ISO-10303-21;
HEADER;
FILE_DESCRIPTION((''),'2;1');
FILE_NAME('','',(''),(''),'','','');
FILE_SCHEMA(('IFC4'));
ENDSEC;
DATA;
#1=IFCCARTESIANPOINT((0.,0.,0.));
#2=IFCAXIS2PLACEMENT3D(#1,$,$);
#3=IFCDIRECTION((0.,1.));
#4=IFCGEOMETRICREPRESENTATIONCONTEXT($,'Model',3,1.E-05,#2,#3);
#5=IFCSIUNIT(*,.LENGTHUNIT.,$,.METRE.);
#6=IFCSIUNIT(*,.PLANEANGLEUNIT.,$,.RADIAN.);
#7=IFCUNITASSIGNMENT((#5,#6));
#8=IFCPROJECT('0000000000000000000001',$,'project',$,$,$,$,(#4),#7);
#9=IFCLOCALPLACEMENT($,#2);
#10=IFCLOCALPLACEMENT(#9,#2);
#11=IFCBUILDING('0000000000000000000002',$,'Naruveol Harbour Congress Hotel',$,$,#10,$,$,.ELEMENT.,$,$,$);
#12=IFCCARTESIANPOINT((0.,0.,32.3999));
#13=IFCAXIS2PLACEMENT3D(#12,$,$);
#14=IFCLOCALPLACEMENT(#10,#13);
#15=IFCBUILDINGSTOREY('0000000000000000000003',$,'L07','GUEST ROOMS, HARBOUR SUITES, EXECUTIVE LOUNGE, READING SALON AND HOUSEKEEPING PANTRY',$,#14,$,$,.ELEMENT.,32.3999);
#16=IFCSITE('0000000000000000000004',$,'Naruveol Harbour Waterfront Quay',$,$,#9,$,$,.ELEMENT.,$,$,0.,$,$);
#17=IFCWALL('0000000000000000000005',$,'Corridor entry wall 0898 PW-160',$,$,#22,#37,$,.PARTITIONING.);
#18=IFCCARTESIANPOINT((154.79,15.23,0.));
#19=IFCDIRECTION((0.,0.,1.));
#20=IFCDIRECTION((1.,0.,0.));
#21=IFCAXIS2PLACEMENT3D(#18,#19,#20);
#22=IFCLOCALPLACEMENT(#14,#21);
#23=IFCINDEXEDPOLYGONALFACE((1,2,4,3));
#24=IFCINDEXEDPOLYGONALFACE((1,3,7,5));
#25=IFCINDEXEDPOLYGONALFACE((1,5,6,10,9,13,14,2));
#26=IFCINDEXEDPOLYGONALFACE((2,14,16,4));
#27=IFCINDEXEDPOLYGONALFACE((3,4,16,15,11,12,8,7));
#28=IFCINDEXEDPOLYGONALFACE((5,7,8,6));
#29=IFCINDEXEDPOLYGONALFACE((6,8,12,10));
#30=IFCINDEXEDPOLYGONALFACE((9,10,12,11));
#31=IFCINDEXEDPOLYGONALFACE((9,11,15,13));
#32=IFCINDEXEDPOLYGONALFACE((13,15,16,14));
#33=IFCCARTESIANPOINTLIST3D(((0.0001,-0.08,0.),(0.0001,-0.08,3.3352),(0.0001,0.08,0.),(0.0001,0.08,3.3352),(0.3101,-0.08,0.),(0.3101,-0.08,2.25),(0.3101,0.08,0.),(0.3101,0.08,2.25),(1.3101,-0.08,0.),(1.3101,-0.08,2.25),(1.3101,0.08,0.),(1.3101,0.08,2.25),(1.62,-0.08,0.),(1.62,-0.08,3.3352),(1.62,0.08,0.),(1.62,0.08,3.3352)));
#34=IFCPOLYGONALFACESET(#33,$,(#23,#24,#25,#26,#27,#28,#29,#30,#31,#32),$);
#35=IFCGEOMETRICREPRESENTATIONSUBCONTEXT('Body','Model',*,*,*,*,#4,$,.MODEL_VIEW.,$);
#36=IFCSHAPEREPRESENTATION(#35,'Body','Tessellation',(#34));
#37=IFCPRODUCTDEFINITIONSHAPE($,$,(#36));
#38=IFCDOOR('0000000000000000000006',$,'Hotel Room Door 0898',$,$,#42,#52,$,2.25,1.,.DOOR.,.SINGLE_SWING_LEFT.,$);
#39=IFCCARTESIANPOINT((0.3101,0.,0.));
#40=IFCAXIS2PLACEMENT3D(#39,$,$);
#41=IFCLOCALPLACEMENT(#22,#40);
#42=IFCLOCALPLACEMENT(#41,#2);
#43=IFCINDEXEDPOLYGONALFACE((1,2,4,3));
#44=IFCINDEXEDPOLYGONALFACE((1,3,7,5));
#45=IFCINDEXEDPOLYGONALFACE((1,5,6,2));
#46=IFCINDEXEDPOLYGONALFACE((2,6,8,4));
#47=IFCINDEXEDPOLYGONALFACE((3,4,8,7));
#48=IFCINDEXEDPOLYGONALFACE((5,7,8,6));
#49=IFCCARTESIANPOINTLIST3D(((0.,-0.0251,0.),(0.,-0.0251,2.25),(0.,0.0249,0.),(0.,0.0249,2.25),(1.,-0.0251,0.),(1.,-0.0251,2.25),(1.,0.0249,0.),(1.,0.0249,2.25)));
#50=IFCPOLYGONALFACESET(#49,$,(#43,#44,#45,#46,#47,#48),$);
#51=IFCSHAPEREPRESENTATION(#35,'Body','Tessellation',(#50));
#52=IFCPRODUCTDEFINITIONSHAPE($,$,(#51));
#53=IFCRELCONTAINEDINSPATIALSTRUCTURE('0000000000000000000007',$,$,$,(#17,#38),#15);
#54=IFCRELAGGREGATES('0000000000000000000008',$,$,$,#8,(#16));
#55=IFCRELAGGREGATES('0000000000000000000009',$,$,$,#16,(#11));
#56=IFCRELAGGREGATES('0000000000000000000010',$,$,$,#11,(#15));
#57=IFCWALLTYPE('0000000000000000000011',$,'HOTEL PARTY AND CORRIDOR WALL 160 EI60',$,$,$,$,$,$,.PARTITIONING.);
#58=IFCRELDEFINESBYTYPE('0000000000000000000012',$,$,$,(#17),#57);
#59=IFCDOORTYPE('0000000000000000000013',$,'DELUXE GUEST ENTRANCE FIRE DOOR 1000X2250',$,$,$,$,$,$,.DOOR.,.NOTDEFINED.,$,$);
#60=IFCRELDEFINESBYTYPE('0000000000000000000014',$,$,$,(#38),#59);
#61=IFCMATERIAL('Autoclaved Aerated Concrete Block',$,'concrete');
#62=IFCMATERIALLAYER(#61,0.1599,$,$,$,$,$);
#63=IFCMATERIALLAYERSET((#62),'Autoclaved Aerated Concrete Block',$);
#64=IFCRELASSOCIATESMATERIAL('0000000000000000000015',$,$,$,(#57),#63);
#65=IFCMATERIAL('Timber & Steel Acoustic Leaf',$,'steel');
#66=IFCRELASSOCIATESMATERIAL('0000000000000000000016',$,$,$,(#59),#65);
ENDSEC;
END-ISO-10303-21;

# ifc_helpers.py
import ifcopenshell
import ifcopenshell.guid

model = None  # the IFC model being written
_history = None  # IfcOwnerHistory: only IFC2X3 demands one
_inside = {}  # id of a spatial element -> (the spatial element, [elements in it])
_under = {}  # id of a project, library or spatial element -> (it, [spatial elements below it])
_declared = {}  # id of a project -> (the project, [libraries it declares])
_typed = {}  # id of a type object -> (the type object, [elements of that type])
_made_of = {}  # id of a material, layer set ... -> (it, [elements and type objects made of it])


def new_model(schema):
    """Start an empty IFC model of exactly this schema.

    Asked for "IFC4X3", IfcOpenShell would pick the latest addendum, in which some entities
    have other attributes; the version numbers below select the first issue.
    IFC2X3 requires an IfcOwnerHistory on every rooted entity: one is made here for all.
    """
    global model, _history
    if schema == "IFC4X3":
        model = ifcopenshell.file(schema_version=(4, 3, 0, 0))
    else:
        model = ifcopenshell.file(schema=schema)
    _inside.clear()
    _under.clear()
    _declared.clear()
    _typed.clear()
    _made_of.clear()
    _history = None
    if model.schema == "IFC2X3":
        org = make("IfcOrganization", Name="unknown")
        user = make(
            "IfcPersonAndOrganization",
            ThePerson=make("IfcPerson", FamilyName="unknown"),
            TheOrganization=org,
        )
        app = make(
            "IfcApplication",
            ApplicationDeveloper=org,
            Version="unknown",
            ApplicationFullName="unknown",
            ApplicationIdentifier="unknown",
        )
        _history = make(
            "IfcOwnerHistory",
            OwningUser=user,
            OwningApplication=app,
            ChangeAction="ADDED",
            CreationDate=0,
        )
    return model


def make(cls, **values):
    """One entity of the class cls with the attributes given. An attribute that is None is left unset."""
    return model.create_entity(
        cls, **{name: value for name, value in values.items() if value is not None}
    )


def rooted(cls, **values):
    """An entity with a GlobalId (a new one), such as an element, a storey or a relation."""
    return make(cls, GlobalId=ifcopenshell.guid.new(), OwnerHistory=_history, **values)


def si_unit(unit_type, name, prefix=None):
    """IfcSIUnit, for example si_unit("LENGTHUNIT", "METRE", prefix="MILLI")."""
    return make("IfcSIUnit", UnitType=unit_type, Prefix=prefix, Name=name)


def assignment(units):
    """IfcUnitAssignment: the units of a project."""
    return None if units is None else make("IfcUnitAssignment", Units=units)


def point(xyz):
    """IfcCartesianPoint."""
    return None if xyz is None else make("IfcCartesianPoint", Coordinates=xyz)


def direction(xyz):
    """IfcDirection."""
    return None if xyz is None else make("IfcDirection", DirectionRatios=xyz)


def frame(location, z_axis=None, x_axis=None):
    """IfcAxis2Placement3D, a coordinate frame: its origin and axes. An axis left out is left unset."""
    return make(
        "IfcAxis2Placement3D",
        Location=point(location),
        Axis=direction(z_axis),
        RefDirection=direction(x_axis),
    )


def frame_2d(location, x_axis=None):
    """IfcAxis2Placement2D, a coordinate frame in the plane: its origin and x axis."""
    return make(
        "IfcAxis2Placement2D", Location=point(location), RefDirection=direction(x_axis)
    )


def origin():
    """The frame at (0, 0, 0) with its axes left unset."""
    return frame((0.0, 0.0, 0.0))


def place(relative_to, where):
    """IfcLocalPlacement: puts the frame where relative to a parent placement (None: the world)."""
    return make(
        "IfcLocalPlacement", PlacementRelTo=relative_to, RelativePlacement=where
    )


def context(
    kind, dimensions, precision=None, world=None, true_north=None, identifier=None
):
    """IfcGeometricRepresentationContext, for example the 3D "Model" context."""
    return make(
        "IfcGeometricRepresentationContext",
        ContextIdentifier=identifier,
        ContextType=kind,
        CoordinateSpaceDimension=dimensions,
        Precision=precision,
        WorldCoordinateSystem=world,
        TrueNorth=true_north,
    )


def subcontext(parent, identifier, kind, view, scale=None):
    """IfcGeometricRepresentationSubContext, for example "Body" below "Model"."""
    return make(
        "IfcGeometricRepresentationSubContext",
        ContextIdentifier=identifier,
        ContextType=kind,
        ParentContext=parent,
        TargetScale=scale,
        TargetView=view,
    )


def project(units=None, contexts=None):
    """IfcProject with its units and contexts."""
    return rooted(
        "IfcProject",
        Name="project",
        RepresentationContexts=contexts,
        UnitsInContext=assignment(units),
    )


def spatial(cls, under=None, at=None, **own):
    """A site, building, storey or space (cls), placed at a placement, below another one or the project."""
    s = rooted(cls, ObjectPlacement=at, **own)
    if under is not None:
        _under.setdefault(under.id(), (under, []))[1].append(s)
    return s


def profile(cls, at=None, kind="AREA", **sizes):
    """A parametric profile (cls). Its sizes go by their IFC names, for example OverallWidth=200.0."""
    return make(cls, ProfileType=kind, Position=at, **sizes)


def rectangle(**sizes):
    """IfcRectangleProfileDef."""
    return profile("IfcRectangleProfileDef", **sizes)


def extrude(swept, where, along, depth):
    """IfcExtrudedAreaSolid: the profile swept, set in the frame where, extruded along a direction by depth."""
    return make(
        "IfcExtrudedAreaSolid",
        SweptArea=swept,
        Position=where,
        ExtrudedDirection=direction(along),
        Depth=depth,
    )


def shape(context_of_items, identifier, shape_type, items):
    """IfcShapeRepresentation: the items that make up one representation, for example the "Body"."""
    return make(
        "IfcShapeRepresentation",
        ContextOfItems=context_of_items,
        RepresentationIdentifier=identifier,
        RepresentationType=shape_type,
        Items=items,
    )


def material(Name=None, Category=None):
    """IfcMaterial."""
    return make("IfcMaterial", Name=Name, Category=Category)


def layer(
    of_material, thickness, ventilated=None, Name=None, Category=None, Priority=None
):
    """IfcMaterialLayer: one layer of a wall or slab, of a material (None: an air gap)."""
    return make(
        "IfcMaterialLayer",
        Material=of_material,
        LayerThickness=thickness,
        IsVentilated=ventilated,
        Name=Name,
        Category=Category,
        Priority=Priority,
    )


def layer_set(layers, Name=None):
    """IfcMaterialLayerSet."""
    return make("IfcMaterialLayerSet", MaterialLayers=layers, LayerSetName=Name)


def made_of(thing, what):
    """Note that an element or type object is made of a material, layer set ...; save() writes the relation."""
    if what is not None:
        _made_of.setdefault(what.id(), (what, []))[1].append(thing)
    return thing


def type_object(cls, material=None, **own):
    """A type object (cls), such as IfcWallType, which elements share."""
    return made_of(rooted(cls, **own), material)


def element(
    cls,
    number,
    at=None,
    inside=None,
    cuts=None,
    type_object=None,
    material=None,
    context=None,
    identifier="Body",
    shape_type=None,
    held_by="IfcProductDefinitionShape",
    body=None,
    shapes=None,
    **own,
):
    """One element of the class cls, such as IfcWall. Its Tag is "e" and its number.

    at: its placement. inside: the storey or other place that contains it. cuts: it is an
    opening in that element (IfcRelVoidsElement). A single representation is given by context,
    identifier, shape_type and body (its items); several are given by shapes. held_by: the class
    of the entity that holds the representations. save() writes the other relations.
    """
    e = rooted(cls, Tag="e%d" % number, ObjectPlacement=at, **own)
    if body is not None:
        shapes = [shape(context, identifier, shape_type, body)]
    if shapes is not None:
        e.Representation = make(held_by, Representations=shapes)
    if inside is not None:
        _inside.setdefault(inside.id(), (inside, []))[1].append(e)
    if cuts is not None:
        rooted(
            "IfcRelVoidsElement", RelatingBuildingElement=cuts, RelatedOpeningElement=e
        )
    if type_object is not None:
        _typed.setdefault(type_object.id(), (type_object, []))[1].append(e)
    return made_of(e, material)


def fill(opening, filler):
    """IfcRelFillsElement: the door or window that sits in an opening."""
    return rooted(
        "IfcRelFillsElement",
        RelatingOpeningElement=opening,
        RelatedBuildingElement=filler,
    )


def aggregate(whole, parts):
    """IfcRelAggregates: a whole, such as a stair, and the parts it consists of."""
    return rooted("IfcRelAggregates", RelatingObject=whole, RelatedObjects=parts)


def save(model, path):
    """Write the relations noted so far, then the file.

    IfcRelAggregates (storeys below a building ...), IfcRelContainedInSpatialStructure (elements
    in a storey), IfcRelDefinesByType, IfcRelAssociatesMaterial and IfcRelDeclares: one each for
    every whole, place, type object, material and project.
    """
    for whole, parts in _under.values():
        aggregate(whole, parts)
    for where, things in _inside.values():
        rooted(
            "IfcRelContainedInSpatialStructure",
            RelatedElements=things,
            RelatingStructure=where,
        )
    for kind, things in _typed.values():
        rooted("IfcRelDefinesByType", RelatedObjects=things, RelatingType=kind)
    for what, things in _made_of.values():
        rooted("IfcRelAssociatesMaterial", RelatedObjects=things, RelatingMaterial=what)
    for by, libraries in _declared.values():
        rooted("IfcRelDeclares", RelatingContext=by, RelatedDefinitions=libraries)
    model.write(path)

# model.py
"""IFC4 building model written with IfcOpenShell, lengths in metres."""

from ifc_helpers import new_model, si_unit, direction, frame, frame_2d, origin, place, context, subcontext, project, spatial, rectangle, extrude, material, layer, layer_set, type_object, element, fill, save


model = new_model("IFC4")

# Units and contexts
model_context = context("Model", 3, precision=1e-05, world=origin(), true_north=direction((0.0, 1.0)))
body_context = subcontext(model_context, "Body", "Model", "MODEL_VIEW")
ifc_project = project(units=[si_unit("LENGTHUNIT", "METRE"), si_unit("PLANEANGLEUNIT", "RADIAN")], contexts=[model_context])

# Site, building, storey
site_placement = place(None, origin())
site = spatial("IfcSite", under=ifc_project, at=site_placement, Name="Naruveol Harbour Waterfront Quay", CompositionType="ELEMENT", RefElevation=0.0)
building_placement = place(site_placement, origin())
building = spatial("IfcBuilding", under=site, at=building_placement, Name="Naruveol Harbour Congress Hotel", CompositionType="ELEMENT")
storey_placement = place(building_placement, frame((0.0, 0.0, 32.3999)))
storey = spatial("IfcBuildingStorey", under=building, at=storey_placement, Name="L07", Description="GUEST ROOMS, HARBOUR SUITES, EXECUTIVE LOUNGE, READING SALON AND HOUSEKEEPING PANTRY", CompositionType="ELEMENT", Elevation=32.3999)

# Shared definitions
ifc_material_1 = material(Name="Autoclaved Aerated Concrete Block", Category="concrete")
ifc_layer_1 = layer(ifc_material_1, 0.1599)
ifc_layer_set_1 = layer_set([ifc_layer_1], Name="Autoclaved Aerated Concrete Block")
wall_type_1 = type_object("IfcWallType", Name="HOTEL PARTY AND CORRIDOR WALL 160 EI60", PredefinedType="PARTITIONING", material=ifc_layer_set_1)

# Shared definitions
ifc_material_2 = material(Name="Timber & Steel Acoustic Leaf", Category="steel")
door_type_1 = type_object("IfcDoorType", Name="DELUXE GUEST ENTRANCE FIRE DOOR 1000X2250", OperationType="NOTDEFINED", PredefinedType="DOOR", material=ifc_material_2)

# Wall, opening, door
wall_1_placement = place(storey_placement, frame((154.79, 15.23, 0.0), z_axis=(0.0, 0.0, 1.0), x_axis=(1.0, 0.0, 0.0)))
wall_1 = element("IfcWall", 1, at=wall_1_placement, inside=storey, type_object=wall_type_1, Name="Corridor entry wall 0898 PW-160", PredefinedType="PARTITIONING", context=body_context, shape_type="SweptSolid", body=[
    extrude(rectangle(XDim=1.6199, YDim=0.1599, at=frame_2d((0.8101, 0.0))), origin(), (0.0, 0.0, 1.0), 3.3352),
])
opening_1_placement = place(wall_1_placement, frame((0.3101, 0.0, 0.0)))
opening_1 = element("IfcOpeningElement", 2, at=opening_1_placement, cuts=wall_1, PredefinedType="OPENING", context=body_context, shape_type="SweptSolid", body=[
    extrude(rectangle(XDim=1.0, YDim=2.25, at=frame_2d((0.5, 1.125))), frame((0.0, 0.0898, 0.0), z_axis=(0.0, -1.0, 0.0), x_axis=(1.0, 0.0, 0.0)), (0.0, 0.0, 1.0), 0.1799),
])
door_1_placement = place(opening_1_placement, origin())
door_1 = element("IfcDoor", 3, at=door_1_placement, inside=storey, type_object=door_type_1, Name="Hotel Room Door 0898", OperationType="SINGLE_SWING_LEFT", OverallHeight=2.25, OverallWidth=1.0, PredefinedType="DOOR", context=body_context, shape_type="SweptSolid", body=[
    extrude(rectangle(XDim=1.0, YDim=2.25, at=frame_2d((0.5, 1.125))), frame((0.0, 0.0249, 0.0), z_axis=(0.0, -1.0, 0.0), x_axis=(1.0, 0.0, 0.0)), (0.0, 0.0, 1.0), 0.05),
])
fill(opening_1, door_1)

save(model, "model.ifc")
